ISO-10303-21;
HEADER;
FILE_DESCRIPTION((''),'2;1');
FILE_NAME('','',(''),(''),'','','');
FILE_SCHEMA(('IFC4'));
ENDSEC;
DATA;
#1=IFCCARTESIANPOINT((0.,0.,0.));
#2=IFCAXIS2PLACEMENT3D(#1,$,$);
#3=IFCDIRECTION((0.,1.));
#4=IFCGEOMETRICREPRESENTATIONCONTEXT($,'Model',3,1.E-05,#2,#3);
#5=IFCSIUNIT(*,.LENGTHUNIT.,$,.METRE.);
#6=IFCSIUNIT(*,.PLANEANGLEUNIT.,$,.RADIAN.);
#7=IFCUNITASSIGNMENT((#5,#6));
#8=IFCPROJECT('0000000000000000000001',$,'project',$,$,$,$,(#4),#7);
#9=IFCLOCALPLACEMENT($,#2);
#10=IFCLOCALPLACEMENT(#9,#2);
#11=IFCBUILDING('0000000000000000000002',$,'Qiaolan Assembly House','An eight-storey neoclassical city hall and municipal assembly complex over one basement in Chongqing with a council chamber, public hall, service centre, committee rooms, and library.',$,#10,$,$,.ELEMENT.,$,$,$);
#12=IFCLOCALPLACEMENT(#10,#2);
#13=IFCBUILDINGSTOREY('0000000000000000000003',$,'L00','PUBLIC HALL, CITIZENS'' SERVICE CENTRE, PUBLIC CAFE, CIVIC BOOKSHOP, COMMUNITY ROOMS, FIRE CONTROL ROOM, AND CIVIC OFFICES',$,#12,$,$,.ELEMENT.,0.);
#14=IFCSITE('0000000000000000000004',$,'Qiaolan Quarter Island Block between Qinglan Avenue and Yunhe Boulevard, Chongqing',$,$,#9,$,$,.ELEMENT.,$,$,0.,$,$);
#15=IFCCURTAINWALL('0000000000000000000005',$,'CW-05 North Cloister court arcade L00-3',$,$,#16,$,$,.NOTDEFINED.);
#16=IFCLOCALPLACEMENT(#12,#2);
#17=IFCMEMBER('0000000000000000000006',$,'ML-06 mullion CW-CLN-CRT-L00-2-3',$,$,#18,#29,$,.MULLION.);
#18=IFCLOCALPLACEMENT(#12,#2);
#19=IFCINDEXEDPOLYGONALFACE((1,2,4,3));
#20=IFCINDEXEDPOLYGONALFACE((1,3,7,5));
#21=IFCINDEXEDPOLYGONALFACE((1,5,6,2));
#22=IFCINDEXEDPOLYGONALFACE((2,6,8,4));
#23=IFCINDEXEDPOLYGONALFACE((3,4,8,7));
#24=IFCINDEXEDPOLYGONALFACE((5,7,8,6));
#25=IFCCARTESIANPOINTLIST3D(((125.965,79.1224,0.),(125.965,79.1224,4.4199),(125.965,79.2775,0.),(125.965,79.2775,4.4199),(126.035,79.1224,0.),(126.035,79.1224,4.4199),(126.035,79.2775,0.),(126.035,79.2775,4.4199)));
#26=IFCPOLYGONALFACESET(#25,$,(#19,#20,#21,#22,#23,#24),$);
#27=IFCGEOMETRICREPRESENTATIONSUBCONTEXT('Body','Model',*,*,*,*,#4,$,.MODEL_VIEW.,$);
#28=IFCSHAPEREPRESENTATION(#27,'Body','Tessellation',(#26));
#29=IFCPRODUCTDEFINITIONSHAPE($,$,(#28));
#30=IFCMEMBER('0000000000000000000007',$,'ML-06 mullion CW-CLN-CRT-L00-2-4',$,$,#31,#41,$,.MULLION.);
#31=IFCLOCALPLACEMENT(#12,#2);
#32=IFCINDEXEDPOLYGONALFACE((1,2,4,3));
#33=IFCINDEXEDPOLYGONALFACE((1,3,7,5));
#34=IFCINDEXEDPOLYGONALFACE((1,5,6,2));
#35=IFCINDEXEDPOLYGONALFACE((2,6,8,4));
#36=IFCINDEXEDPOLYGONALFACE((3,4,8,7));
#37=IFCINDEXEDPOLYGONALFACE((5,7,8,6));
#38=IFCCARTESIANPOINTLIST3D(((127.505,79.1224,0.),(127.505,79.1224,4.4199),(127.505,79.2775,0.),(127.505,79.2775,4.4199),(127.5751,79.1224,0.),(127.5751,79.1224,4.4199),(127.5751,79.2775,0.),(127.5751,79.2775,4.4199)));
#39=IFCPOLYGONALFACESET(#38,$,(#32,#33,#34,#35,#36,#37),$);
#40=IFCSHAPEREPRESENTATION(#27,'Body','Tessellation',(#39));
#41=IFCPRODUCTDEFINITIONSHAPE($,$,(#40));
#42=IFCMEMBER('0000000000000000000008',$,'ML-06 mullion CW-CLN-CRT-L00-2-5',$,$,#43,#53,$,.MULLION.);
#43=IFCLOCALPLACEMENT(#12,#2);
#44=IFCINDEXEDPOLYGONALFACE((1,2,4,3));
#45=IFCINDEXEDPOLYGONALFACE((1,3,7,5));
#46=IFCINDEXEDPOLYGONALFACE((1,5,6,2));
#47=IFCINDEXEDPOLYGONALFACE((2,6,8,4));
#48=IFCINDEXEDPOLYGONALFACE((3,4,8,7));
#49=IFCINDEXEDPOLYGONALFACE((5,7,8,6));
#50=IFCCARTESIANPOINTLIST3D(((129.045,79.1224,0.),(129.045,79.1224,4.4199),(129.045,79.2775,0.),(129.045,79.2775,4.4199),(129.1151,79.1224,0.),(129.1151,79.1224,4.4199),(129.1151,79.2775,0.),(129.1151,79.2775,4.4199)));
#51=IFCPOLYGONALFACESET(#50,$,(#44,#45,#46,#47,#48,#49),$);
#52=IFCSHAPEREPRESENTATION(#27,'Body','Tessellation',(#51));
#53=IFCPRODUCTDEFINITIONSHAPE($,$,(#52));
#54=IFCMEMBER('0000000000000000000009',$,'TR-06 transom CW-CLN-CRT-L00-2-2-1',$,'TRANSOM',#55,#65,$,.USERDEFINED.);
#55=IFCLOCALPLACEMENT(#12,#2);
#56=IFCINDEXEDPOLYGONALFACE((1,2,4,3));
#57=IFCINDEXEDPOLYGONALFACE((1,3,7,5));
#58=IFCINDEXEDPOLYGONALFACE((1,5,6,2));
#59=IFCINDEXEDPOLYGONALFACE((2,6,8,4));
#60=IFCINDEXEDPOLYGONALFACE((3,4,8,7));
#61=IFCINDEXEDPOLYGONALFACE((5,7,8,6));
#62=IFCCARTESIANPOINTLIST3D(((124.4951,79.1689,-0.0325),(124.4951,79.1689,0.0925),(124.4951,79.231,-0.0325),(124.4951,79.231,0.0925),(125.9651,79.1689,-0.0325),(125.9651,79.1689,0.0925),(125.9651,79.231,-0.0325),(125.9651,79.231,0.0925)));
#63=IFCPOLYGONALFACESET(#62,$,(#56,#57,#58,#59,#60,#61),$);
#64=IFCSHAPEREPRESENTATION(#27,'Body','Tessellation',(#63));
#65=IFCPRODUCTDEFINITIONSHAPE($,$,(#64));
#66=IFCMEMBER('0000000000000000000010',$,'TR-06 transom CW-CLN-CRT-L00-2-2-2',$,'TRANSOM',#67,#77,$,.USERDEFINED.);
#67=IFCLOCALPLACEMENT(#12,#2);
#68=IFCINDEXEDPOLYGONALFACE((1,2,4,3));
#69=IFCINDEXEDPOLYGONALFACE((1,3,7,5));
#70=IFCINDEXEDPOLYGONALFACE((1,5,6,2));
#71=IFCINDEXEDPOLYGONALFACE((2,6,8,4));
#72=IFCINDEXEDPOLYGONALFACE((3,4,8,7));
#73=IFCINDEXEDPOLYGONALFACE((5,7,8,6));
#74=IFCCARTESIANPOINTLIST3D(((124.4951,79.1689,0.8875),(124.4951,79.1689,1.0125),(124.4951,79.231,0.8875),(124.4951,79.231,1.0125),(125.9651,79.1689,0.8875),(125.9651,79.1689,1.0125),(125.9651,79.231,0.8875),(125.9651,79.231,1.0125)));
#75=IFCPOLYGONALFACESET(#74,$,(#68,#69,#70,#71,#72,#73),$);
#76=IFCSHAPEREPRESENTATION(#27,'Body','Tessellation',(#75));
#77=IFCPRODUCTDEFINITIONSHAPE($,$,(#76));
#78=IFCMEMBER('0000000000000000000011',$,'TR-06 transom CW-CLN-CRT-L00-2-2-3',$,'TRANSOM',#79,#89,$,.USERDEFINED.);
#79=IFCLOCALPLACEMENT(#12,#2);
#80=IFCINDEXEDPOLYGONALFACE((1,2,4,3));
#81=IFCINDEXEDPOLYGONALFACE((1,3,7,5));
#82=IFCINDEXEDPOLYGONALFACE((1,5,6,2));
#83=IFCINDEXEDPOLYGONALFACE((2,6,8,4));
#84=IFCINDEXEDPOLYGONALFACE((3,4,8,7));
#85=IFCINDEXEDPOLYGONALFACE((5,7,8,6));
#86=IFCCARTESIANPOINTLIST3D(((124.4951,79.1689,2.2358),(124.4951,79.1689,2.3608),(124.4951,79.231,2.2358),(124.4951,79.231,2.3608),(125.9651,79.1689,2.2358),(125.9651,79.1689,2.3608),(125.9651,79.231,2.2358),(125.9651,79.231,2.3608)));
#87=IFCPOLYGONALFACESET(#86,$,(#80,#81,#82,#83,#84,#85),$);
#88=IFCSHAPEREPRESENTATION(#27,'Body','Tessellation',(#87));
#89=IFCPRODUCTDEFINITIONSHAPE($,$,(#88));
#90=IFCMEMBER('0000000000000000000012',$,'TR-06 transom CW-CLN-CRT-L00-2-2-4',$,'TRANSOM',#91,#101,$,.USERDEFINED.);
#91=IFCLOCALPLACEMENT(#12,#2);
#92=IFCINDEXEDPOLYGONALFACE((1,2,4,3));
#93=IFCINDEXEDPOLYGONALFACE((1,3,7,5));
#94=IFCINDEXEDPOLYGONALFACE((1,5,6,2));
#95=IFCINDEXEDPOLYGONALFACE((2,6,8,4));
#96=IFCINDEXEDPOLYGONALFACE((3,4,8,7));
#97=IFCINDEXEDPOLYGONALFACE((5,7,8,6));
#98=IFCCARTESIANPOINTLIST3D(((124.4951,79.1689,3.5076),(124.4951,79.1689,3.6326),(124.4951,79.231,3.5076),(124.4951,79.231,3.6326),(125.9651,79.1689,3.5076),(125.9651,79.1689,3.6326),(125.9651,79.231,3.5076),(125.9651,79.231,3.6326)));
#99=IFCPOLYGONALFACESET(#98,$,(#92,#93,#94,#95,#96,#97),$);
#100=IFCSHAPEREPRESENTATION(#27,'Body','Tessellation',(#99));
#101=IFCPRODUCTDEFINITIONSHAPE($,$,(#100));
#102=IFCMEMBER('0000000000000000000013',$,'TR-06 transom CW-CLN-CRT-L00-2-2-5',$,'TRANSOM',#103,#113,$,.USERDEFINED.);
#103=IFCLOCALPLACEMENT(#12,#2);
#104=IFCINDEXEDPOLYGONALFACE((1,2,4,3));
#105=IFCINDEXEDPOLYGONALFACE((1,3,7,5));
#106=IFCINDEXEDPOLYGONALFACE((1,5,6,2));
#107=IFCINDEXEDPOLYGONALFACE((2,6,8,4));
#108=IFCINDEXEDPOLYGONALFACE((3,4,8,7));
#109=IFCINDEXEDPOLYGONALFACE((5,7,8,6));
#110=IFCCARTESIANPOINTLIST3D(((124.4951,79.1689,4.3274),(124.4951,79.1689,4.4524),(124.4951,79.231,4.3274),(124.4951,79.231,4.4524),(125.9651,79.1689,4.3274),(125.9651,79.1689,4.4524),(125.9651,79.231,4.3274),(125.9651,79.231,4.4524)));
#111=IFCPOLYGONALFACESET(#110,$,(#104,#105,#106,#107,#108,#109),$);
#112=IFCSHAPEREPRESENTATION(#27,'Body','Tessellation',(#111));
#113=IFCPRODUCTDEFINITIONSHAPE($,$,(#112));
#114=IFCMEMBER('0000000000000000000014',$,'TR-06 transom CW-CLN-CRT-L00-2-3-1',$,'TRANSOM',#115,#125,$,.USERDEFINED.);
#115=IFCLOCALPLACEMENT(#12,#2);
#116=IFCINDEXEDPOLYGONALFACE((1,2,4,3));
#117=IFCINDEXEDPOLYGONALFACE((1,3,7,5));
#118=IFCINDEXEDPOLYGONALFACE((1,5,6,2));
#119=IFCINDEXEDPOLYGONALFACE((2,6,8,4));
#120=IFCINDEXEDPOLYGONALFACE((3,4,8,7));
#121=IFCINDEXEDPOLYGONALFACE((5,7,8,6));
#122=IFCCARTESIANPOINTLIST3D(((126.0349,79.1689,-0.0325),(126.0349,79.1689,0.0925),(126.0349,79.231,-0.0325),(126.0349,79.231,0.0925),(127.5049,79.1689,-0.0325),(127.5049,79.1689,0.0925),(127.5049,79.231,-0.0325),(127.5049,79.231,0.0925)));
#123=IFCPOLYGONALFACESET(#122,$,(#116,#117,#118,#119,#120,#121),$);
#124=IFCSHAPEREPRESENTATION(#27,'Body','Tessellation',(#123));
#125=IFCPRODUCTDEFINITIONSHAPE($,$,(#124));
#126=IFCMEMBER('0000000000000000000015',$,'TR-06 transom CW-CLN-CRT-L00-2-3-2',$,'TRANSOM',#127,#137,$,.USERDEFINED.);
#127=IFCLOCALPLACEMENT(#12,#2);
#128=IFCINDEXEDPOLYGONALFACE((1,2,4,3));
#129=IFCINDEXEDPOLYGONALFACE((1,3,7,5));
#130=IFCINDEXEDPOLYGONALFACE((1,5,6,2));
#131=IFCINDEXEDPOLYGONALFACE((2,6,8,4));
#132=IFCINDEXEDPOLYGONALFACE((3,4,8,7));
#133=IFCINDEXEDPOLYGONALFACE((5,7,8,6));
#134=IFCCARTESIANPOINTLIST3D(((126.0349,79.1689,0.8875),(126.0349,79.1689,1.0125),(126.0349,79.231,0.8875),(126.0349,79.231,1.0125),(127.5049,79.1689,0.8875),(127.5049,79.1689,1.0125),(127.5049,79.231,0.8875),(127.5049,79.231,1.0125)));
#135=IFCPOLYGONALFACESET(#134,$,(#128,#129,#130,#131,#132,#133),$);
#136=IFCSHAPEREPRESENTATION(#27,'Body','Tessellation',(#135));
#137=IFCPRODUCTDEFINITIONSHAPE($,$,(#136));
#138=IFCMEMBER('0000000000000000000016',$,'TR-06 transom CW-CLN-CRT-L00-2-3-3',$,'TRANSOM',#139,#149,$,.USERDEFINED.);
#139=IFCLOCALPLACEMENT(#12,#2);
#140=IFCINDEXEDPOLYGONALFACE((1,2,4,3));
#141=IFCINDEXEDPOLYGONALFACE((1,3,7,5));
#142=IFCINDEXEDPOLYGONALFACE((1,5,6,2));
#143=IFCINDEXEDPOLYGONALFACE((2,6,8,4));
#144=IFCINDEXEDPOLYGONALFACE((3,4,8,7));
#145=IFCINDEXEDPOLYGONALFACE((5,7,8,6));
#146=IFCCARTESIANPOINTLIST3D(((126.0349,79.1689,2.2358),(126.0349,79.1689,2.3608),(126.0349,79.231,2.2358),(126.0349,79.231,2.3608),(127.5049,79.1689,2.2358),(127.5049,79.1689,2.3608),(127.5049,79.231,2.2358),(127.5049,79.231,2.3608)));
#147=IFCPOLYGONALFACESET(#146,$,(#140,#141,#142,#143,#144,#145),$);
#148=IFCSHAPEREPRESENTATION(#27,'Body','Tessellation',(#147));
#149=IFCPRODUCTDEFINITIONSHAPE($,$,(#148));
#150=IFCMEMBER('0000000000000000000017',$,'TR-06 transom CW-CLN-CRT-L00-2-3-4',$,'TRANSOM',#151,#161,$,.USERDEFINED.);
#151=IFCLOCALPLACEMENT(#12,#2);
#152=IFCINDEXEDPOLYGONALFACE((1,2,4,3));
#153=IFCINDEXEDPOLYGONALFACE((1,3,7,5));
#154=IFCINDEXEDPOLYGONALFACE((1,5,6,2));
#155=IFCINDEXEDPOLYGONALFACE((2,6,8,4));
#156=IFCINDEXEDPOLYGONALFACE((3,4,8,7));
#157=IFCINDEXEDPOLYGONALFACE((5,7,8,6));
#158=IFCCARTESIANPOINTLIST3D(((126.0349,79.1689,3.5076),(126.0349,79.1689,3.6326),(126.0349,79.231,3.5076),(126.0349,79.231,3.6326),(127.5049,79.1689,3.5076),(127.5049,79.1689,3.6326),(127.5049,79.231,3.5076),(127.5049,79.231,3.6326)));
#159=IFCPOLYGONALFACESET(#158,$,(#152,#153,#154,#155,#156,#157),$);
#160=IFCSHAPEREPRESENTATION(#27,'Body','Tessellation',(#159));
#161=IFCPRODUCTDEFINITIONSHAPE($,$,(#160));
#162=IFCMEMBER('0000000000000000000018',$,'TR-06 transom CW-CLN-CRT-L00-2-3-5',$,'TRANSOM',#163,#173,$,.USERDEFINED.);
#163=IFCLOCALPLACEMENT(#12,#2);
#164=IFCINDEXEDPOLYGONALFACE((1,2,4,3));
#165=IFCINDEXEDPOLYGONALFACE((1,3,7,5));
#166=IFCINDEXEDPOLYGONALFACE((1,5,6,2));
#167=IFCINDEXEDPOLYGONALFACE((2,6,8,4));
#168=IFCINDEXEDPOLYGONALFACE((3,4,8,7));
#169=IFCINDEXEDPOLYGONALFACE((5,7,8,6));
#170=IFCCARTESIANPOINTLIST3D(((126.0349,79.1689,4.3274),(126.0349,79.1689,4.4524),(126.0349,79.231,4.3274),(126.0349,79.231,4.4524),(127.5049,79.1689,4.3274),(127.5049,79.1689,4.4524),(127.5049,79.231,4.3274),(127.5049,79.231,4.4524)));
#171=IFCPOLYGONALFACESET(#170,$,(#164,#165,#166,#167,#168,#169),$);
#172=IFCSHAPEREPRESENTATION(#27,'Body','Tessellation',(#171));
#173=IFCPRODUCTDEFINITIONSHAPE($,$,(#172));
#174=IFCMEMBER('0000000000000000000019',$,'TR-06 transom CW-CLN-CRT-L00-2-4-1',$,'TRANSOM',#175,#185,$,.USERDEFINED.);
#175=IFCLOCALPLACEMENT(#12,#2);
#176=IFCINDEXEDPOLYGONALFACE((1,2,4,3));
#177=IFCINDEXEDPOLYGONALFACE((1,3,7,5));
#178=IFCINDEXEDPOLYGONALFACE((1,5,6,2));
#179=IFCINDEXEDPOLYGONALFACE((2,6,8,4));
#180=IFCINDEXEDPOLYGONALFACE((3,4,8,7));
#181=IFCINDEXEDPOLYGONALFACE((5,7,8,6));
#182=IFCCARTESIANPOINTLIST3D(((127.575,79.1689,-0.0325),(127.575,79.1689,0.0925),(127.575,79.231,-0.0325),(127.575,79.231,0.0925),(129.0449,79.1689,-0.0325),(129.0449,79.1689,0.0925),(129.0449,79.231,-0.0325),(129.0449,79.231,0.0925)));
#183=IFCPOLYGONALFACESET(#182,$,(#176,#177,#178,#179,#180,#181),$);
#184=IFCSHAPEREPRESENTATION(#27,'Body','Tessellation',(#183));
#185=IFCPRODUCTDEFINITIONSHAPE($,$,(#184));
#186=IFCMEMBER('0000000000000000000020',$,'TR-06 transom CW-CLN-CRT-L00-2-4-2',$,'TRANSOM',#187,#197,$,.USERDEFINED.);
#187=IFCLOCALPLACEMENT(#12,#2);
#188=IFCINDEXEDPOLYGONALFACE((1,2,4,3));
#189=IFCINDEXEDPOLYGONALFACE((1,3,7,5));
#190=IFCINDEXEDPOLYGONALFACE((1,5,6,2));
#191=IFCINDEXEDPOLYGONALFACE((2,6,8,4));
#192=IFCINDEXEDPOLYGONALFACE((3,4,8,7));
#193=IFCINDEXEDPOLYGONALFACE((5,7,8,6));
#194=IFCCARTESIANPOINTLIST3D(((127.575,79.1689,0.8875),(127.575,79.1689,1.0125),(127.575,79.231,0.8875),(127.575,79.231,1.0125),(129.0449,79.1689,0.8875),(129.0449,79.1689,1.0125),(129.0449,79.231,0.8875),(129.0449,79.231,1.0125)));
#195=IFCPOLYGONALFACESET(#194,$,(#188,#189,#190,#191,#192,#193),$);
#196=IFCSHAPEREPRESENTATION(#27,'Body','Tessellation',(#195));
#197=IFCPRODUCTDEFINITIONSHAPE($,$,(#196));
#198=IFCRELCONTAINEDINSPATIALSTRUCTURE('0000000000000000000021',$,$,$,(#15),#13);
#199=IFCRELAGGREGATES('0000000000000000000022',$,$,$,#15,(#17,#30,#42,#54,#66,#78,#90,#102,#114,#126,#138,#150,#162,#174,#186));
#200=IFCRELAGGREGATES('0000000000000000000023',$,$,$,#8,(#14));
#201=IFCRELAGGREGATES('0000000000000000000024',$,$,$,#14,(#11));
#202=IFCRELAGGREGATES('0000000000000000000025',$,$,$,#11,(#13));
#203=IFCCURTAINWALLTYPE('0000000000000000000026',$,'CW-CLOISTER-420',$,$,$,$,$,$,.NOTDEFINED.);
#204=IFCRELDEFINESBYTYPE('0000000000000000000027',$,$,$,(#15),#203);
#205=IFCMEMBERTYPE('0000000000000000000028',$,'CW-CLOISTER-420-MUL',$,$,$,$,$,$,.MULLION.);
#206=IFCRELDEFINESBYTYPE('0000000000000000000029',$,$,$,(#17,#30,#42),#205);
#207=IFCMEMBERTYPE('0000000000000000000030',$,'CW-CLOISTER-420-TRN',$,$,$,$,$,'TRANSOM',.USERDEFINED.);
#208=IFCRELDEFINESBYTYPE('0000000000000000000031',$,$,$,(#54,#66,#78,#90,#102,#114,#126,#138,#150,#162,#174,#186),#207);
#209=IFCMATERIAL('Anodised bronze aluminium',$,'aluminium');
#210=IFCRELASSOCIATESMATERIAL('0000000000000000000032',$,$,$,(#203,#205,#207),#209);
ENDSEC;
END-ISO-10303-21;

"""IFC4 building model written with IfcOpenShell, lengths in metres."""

from ifc_helpers import new_model, si_unit, direction, frame, origin, origin_2d, place, context, subcontext, project, spatial, rectangle, extrude, material, material_profile, profile_set, type_object, element, aggregate, save


model = new_model("IFC4")

# Units and contexts
model_context = context("Model", 3, precision=1e-05, world=origin(), true_north=direction((0.0, 1.0)))
body_context = subcontext(model_context, "Body", "Model", "MODEL_VIEW")
ifc_project = project(units=[si_unit("LENGTHUNIT", "METRE"), si_unit("PLANEANGLEUNIT", "RADIAN")], contexts=[model_context])

# Site, building, storey
site_placement = place(None, origin())
site = spatial("IfcSite", under=ifc_project, at=site_placement, Name="Qiaolan Quarter Island Block between Qinglan Avenue and Yunhe Boulevard, Chongqing", CompositionType="ELEMENT", RefElevation=0.0)
building_placement = place(site_placement, origin())
building = spatial("IfcBuilding", under=site, at=building_placement, Name="Qiaolan Assembly House", Description="An eight-storey neoclassical city hall and municipal assembly complex over one basement in Chongqing with a council chamber, public hall, service centre, committee rooms, and library.", CompositionType="ELEMENT")
storey_placement = place(building_placement, origin())
storey = spatial("IfcBuildingStorey", under=building, at=storey_placement, Name="L00", Description="PUBLIC HALL, CITIZENS' SERVICE CENTRE, PUBLIC CAFE, CIVIC BOOKSHOP, COMMUNITY ROOMS, FIRE CONTROL ROOM, AND CIVIC OFFICES", CompositionType="ELEMENT", Elevation=0.0)

# Curtain wall, members
ifc_material_1 = material(Name="Anodised bronze aluminium", Category="aluminium")
curtain_wall_type = type_object("IfcCurtainWallType", Name="CW-CLOISTER-420", PredefinedType="NOTDEFINED", material=ifc_material_1)
curtain_wall_placement = place(storey_placement, origin())
curtain_wall = element("IfcCurtainWall", 1, at=curtain_wall_placement, inside=storey, type_object=curtain_wall_type, Name="CW-05 North Cloister court arcade L00-3", PredefinedType="NOTDEFINED")
ifc_material_profile_1 = material_profile(ifc_material_1, rectangle(XDim=0.0701, YDim=0.155, at=origin_2d()), Name="MUL 70x155")
ifc_profile_set_1 = profile_set([ifc_material_profile_1], Name="Anodised bronze aluminium")
member_type_1 = type_object("IfcMemberType", Name="CW-CLOISTER-420-MUL", PredefinedType="MULLION", material=ifc_profile_set_1)
member_1_placement = place(storey_placement, frame((126.0, 79.2, 0.0), z_axis=(0.0, 0.0, 1.0), x_axis=(1.0, 0.0, 0.0)))
member_1 = element("IfcMember", 2, at=member_1_placement, type_object=member_type_1, Name="ML-06 mullion CW-CLN-CRT-L00-2-3", PredefinedType="MULLION", context=body_context, shape_type="SweptSolid", body=[
    extrude(rectangle(XDim=0.0701, YDim=0.155, at=origin_2d()), origin(), (0.0, 0.0, 1.0), 4.4199),
])
member_2_placement = place(storey_placement, frame((127.54, 79.2, 0.0), z_axis=(0.0, 0.0, 1.0), x_axis=(1.0, 0.0, 0.0)))
member_2 = element("IfcMember", 3, at=member_2_placement, type_object=member_type_1, Name="ML-06 mullion CW-CLN-CRT-L00-2-4", PredefinedType="MULLION", context=body_context, shape_type="SweptSolid", body=[
    extrude(rectangle(XDim=0.0701, YDim=0.155, at=origin_2d()), origin(), (0.0, 0.0, 1.0), 4.4199),
])
member_3_placement = place(storey_placement, frame((129.0801, 79.2, 0.0), z_axis=(0.0, 0.0, 1.0), x_axis=(1.0, 0.0, 0.0)))
member_3 = element("IfcMember", 4, at=member_3_placement, type_object=member_type_1, Name="ML-06 mullion CW-CLN-CRT-L00-2-5", PredefinedType="MULLION", context=body_context, shape_type="SweptSolid", body=[
    extrude(rectangle(XDim=0.0701, YDim=0.155, at=origin_2d()), origin(), (0.0, 0.0, 1.0), 4.4199),
])
ifc_material_profile_2 = material_profile(ifc_material_1, rectangle(XDim=0.062, YDim=0.125, at=origin_2d()), Name="TRN 62x125")
ifc_profile_set_2 = profile_set([ifc_material_profile_2], Name="Anodised bronze aluminium")
member_type_2 = type_object("IfcMemberType", Name="CW-CLOISTER-420-TRN", ElementType="TRANSOM", PredefinedType="USERDEFINED", material=ifc_profile_set_2)
member_4_placement = place(storey_placement, frame((124.4951, 79.2, 0.03), z_axis=(1.0, 0.0, 0.0), x_axis=(0.0, 1.0, 0.0)))
member_4 = element("IfcMember", 5, at=member_4_placement, type_object=member_type_2, Name="TR-06 transom CW-CLN-CRT-L00-2-2-1", ObjectType="TRANSOM", PredefinedType="USERDEFINED", context=body_context, shape_type="SweptSolid", body=[
    extrude(rectangle(XDim=0.062, YDim=0.125, at=origin_2d()), origin(), (0.0, 0.0, 1.0), 1.47),
])
member_5_placement = place(storey_placement, frame((124.4951, 79.2, 0.95), z_axis=(1.0, 0.0, 0.0), x_axis=(0.0, 1.0, 0.0)))
member_5 = element("IfcMember", 6, at=member_5_placement, type_object=member_type_2, Name="TR-06 transom CW-CLN-CRT-L00-2-2-2", ObjectType="TRANSOM", PredefinedType="USERDEFINED", context=body_context, shape_type="SweptSolid", body=[
    extrude(rectangle(XDim=0.062, YDim=0.125, at=origin_2d()), origin(), (0.0, 0.0, 1.0), 1.47),
])
member_6_placement = place(storey_placement, frame((124.4951, 79.2, 2.2983), z_axis=(1.0, 0.0, 0.0), x_axis=(0.0, 1.0, 0.0)))
member_6 = element("IfcMember", 7, at=member_6_placement, type_object=member_type_2, Name="TR-06 transom CW-CLN-CRT-L00-2-2-3", ObjectType="TRANSOM", PredefinedType="USERDEFINED", context=body_context, shape_type="SweptSolid", body=[
    extrude(rectangle(XDim=0.062, YDim=0.125, at=origin_2d()), origin(), (0.0, 0.0, 1.0), 1.47),
])
member_7_placement = place(storey_placement, frame((124.4951, 79.2, 3.5701), z_axis=(1.0, 0.0, 0.0), x_axis=(0.0, 1.0, 0.0)))
member_7 = element("IfcMember", 8, at=member_7_placement, type_object=member_type_2, Name="TR-06 transom CW-CLN-CRT-L00-2-2-4", ObjectType="TRANSOM", PredefinedType="USERDEFINED", context=body_context, shape_type="SweptSolid", body=[
    extrude(rectangle(XDim=0.062, YDim=0.125, at=origin_2d()), origin(), (0.0, 0.0, 1.0), 1.47),
])
member_8_placement = place(storey_placement, frame((124.4951, 79.2, 4.3899), z_axis=(1.0, 0.0, 0.0), x_axis=(0.0, 1.0, 0.0)))
member_8 = element("IfcMember", 9, at=member_8_placement, type_object=member_type_2, Name="TR-06 transom CW-CLN-CRT-L00-2-2-5", ObjectType="TRANSOM", PredefinedType="USERDEFINED", context=body_context, shape_type="SweptSolid", body=[
    extrude(rectangle(XDim=0.062, YDim=0.125, at=origin_2d()), origin(), (0.0, 0.0, 1.0), 1.47),
])
member_9_placement = place(storey_placement, frame((126.0349, 79.2, 0.03), z_axis=(1.0, 0.0, 0.0), x_axis=(0.0, 1.0, 0.0)))
member_9 = element("IfcMember", 10, at=member_9_placement, type_object=member_type_2, Name="TR-06 transom CW-CLN-CRT-L00-2-3-1", ObjectType="TRANSOM", PredefinedType="USERDEFINED", context=body_context, shape_type="SweptSolid", body=[
    extrude(rectangle(XDim=0.062, YDim=0.125, at=origin_2d()), origin(), (0.0, 0.0, 1.0), 1.47),
])
member_10_placement = place(storey_placement, frame((126.0349, 79.2, 0.95), z_axis=(1.0, 0.0, 0.0), x_axis=(0.0, 1.0, 0.0)))
member_10 = element("IfcMember", 11, at=member_10_placement, type_object=member_type_2, Name="TR-06 transom CW-CLN-CRT-L00-2-3-2", ObjectType="TRANSOM", PredefinedType="USERDEFINED", context=body_context, shape_type="SweptSolid", body=[
    extrude(rectangle(XDim=0.062, YDim=0.125, at=origin_2d()), origin(), (0.0, 0.0, 1.0), 1.47),
])
member_11_placement = place(storey_placement, frame((126.0349, 79.2, 2.2983), z_axis=(1.0, 0.0, 0.0), x_axis=(0.0, 1.0, 0.0)))
member_11 = element("IfcMember", 12, at=member_11_placement, type_object=member_type_2, Name="TR-06 transom CW-CLN-CRT-L00-2-3-3", ObjectType="TRANSOM", PredefinedType="USERDEFINED", context=body_context, shape_type="SweptSolid", body=[
    extrude(rectangle(XDim=0.062, YDim=0.125, at=origin_2d()), origin(), (0.0, 0.0, 1.0), 1.47),
])
member_12_placement = place(storey_placement, frame((126.0349, 79.2, 3.5701), z_axis=(1.0, 0.0, 0.0), x_axis=(0.0, 1.0, 0.0)))
member_12 = element("IfcMember", 13, at=member_12_placement, type_object=member_type_2, Name="TR-06 transom CW-CLN-CRT-L00-2-3-4", ObjectType="TRANSOM", PredefinedType="USERDEFINED", context=body_context, shape_type="SweptSolid", body=[
    extrude(rectangle(XDim=0.062, YDim=0.125, at=origin_2d()), origin(), (0.0, 0.0, 1.0), 1.47),
])
member_13_placement = place(storey_placement, frame((126.0349, 79.2, 4.3899), z_axis=(1.0, 0.0, 0.0), x_axis=(0.0, 1.0, 0.0)))
member_13 = element("IfcMember", 14, at=member_13_placement, type_object=member_type_2, Name="TR-06 transom CW-CLN-CRT-L00-2-3-5", ObjectType="TRANSOM", PredefinedType="USERDEFINED", context=body_context, shape_type="SweptSolid", body=[
    extrude(rectangle(XDim=0.062, YDim=0.125, at=origin_2d()), origin(), (0.0, 0.0, 1.0), 1.47),
])
member_14_placement = place(storey_placement, frame((127.575, 79.2, 0.03), z_axis=(1.0, 0.0, 0.0), x_axis=(0.0, 1.0, 0.0)))
member_14 = element("IfcMember", 15, at=member_14_placement, type_object=member_type_2, Name="TR-06 transom CW-CLN-CRT-L00-2-4-1", ObjectType="TRANSOM", PredefinedType="USERDEFINED", context=body_context, shape_type="SweptSolid", body=[
    extrude(rectangle(XDim=0.062, YDim=0.125, at=origin_2d()), origin(), (0.0, 0.0, 1.0), 1.47),
])
member_15_placement = place(storey_placement, frame((127.575, 79.2, 0.95), z_axis=(1.0, 0.0, 0.0), x_axis=(0.0, 1.0, 0.0)))
member_15 = element("IfcMember", 16, at=member_15_placement, type_object=member_type_2, Name="TR-06 transom CW-CLN-CRT-L00-2-4-2", ObjectType="TRANSOM", PredefinedType="USERDEFINED", context=body_context, shape_type="SweptSolid", body=[
    extrude(rectangle(XDim=0.062, YDim=0.125, at=origin_2d()), origin(), (0.0, 0.0, 1.0), 1.47),
])
aggregate(curtain_wall, [member_1, member_2, member_3, member_4, member_5, member_6, member_7, member_8, member_9, member_10, member_11, member_12, member_13, member_14, member_15])

save(model, "model.ifc")
